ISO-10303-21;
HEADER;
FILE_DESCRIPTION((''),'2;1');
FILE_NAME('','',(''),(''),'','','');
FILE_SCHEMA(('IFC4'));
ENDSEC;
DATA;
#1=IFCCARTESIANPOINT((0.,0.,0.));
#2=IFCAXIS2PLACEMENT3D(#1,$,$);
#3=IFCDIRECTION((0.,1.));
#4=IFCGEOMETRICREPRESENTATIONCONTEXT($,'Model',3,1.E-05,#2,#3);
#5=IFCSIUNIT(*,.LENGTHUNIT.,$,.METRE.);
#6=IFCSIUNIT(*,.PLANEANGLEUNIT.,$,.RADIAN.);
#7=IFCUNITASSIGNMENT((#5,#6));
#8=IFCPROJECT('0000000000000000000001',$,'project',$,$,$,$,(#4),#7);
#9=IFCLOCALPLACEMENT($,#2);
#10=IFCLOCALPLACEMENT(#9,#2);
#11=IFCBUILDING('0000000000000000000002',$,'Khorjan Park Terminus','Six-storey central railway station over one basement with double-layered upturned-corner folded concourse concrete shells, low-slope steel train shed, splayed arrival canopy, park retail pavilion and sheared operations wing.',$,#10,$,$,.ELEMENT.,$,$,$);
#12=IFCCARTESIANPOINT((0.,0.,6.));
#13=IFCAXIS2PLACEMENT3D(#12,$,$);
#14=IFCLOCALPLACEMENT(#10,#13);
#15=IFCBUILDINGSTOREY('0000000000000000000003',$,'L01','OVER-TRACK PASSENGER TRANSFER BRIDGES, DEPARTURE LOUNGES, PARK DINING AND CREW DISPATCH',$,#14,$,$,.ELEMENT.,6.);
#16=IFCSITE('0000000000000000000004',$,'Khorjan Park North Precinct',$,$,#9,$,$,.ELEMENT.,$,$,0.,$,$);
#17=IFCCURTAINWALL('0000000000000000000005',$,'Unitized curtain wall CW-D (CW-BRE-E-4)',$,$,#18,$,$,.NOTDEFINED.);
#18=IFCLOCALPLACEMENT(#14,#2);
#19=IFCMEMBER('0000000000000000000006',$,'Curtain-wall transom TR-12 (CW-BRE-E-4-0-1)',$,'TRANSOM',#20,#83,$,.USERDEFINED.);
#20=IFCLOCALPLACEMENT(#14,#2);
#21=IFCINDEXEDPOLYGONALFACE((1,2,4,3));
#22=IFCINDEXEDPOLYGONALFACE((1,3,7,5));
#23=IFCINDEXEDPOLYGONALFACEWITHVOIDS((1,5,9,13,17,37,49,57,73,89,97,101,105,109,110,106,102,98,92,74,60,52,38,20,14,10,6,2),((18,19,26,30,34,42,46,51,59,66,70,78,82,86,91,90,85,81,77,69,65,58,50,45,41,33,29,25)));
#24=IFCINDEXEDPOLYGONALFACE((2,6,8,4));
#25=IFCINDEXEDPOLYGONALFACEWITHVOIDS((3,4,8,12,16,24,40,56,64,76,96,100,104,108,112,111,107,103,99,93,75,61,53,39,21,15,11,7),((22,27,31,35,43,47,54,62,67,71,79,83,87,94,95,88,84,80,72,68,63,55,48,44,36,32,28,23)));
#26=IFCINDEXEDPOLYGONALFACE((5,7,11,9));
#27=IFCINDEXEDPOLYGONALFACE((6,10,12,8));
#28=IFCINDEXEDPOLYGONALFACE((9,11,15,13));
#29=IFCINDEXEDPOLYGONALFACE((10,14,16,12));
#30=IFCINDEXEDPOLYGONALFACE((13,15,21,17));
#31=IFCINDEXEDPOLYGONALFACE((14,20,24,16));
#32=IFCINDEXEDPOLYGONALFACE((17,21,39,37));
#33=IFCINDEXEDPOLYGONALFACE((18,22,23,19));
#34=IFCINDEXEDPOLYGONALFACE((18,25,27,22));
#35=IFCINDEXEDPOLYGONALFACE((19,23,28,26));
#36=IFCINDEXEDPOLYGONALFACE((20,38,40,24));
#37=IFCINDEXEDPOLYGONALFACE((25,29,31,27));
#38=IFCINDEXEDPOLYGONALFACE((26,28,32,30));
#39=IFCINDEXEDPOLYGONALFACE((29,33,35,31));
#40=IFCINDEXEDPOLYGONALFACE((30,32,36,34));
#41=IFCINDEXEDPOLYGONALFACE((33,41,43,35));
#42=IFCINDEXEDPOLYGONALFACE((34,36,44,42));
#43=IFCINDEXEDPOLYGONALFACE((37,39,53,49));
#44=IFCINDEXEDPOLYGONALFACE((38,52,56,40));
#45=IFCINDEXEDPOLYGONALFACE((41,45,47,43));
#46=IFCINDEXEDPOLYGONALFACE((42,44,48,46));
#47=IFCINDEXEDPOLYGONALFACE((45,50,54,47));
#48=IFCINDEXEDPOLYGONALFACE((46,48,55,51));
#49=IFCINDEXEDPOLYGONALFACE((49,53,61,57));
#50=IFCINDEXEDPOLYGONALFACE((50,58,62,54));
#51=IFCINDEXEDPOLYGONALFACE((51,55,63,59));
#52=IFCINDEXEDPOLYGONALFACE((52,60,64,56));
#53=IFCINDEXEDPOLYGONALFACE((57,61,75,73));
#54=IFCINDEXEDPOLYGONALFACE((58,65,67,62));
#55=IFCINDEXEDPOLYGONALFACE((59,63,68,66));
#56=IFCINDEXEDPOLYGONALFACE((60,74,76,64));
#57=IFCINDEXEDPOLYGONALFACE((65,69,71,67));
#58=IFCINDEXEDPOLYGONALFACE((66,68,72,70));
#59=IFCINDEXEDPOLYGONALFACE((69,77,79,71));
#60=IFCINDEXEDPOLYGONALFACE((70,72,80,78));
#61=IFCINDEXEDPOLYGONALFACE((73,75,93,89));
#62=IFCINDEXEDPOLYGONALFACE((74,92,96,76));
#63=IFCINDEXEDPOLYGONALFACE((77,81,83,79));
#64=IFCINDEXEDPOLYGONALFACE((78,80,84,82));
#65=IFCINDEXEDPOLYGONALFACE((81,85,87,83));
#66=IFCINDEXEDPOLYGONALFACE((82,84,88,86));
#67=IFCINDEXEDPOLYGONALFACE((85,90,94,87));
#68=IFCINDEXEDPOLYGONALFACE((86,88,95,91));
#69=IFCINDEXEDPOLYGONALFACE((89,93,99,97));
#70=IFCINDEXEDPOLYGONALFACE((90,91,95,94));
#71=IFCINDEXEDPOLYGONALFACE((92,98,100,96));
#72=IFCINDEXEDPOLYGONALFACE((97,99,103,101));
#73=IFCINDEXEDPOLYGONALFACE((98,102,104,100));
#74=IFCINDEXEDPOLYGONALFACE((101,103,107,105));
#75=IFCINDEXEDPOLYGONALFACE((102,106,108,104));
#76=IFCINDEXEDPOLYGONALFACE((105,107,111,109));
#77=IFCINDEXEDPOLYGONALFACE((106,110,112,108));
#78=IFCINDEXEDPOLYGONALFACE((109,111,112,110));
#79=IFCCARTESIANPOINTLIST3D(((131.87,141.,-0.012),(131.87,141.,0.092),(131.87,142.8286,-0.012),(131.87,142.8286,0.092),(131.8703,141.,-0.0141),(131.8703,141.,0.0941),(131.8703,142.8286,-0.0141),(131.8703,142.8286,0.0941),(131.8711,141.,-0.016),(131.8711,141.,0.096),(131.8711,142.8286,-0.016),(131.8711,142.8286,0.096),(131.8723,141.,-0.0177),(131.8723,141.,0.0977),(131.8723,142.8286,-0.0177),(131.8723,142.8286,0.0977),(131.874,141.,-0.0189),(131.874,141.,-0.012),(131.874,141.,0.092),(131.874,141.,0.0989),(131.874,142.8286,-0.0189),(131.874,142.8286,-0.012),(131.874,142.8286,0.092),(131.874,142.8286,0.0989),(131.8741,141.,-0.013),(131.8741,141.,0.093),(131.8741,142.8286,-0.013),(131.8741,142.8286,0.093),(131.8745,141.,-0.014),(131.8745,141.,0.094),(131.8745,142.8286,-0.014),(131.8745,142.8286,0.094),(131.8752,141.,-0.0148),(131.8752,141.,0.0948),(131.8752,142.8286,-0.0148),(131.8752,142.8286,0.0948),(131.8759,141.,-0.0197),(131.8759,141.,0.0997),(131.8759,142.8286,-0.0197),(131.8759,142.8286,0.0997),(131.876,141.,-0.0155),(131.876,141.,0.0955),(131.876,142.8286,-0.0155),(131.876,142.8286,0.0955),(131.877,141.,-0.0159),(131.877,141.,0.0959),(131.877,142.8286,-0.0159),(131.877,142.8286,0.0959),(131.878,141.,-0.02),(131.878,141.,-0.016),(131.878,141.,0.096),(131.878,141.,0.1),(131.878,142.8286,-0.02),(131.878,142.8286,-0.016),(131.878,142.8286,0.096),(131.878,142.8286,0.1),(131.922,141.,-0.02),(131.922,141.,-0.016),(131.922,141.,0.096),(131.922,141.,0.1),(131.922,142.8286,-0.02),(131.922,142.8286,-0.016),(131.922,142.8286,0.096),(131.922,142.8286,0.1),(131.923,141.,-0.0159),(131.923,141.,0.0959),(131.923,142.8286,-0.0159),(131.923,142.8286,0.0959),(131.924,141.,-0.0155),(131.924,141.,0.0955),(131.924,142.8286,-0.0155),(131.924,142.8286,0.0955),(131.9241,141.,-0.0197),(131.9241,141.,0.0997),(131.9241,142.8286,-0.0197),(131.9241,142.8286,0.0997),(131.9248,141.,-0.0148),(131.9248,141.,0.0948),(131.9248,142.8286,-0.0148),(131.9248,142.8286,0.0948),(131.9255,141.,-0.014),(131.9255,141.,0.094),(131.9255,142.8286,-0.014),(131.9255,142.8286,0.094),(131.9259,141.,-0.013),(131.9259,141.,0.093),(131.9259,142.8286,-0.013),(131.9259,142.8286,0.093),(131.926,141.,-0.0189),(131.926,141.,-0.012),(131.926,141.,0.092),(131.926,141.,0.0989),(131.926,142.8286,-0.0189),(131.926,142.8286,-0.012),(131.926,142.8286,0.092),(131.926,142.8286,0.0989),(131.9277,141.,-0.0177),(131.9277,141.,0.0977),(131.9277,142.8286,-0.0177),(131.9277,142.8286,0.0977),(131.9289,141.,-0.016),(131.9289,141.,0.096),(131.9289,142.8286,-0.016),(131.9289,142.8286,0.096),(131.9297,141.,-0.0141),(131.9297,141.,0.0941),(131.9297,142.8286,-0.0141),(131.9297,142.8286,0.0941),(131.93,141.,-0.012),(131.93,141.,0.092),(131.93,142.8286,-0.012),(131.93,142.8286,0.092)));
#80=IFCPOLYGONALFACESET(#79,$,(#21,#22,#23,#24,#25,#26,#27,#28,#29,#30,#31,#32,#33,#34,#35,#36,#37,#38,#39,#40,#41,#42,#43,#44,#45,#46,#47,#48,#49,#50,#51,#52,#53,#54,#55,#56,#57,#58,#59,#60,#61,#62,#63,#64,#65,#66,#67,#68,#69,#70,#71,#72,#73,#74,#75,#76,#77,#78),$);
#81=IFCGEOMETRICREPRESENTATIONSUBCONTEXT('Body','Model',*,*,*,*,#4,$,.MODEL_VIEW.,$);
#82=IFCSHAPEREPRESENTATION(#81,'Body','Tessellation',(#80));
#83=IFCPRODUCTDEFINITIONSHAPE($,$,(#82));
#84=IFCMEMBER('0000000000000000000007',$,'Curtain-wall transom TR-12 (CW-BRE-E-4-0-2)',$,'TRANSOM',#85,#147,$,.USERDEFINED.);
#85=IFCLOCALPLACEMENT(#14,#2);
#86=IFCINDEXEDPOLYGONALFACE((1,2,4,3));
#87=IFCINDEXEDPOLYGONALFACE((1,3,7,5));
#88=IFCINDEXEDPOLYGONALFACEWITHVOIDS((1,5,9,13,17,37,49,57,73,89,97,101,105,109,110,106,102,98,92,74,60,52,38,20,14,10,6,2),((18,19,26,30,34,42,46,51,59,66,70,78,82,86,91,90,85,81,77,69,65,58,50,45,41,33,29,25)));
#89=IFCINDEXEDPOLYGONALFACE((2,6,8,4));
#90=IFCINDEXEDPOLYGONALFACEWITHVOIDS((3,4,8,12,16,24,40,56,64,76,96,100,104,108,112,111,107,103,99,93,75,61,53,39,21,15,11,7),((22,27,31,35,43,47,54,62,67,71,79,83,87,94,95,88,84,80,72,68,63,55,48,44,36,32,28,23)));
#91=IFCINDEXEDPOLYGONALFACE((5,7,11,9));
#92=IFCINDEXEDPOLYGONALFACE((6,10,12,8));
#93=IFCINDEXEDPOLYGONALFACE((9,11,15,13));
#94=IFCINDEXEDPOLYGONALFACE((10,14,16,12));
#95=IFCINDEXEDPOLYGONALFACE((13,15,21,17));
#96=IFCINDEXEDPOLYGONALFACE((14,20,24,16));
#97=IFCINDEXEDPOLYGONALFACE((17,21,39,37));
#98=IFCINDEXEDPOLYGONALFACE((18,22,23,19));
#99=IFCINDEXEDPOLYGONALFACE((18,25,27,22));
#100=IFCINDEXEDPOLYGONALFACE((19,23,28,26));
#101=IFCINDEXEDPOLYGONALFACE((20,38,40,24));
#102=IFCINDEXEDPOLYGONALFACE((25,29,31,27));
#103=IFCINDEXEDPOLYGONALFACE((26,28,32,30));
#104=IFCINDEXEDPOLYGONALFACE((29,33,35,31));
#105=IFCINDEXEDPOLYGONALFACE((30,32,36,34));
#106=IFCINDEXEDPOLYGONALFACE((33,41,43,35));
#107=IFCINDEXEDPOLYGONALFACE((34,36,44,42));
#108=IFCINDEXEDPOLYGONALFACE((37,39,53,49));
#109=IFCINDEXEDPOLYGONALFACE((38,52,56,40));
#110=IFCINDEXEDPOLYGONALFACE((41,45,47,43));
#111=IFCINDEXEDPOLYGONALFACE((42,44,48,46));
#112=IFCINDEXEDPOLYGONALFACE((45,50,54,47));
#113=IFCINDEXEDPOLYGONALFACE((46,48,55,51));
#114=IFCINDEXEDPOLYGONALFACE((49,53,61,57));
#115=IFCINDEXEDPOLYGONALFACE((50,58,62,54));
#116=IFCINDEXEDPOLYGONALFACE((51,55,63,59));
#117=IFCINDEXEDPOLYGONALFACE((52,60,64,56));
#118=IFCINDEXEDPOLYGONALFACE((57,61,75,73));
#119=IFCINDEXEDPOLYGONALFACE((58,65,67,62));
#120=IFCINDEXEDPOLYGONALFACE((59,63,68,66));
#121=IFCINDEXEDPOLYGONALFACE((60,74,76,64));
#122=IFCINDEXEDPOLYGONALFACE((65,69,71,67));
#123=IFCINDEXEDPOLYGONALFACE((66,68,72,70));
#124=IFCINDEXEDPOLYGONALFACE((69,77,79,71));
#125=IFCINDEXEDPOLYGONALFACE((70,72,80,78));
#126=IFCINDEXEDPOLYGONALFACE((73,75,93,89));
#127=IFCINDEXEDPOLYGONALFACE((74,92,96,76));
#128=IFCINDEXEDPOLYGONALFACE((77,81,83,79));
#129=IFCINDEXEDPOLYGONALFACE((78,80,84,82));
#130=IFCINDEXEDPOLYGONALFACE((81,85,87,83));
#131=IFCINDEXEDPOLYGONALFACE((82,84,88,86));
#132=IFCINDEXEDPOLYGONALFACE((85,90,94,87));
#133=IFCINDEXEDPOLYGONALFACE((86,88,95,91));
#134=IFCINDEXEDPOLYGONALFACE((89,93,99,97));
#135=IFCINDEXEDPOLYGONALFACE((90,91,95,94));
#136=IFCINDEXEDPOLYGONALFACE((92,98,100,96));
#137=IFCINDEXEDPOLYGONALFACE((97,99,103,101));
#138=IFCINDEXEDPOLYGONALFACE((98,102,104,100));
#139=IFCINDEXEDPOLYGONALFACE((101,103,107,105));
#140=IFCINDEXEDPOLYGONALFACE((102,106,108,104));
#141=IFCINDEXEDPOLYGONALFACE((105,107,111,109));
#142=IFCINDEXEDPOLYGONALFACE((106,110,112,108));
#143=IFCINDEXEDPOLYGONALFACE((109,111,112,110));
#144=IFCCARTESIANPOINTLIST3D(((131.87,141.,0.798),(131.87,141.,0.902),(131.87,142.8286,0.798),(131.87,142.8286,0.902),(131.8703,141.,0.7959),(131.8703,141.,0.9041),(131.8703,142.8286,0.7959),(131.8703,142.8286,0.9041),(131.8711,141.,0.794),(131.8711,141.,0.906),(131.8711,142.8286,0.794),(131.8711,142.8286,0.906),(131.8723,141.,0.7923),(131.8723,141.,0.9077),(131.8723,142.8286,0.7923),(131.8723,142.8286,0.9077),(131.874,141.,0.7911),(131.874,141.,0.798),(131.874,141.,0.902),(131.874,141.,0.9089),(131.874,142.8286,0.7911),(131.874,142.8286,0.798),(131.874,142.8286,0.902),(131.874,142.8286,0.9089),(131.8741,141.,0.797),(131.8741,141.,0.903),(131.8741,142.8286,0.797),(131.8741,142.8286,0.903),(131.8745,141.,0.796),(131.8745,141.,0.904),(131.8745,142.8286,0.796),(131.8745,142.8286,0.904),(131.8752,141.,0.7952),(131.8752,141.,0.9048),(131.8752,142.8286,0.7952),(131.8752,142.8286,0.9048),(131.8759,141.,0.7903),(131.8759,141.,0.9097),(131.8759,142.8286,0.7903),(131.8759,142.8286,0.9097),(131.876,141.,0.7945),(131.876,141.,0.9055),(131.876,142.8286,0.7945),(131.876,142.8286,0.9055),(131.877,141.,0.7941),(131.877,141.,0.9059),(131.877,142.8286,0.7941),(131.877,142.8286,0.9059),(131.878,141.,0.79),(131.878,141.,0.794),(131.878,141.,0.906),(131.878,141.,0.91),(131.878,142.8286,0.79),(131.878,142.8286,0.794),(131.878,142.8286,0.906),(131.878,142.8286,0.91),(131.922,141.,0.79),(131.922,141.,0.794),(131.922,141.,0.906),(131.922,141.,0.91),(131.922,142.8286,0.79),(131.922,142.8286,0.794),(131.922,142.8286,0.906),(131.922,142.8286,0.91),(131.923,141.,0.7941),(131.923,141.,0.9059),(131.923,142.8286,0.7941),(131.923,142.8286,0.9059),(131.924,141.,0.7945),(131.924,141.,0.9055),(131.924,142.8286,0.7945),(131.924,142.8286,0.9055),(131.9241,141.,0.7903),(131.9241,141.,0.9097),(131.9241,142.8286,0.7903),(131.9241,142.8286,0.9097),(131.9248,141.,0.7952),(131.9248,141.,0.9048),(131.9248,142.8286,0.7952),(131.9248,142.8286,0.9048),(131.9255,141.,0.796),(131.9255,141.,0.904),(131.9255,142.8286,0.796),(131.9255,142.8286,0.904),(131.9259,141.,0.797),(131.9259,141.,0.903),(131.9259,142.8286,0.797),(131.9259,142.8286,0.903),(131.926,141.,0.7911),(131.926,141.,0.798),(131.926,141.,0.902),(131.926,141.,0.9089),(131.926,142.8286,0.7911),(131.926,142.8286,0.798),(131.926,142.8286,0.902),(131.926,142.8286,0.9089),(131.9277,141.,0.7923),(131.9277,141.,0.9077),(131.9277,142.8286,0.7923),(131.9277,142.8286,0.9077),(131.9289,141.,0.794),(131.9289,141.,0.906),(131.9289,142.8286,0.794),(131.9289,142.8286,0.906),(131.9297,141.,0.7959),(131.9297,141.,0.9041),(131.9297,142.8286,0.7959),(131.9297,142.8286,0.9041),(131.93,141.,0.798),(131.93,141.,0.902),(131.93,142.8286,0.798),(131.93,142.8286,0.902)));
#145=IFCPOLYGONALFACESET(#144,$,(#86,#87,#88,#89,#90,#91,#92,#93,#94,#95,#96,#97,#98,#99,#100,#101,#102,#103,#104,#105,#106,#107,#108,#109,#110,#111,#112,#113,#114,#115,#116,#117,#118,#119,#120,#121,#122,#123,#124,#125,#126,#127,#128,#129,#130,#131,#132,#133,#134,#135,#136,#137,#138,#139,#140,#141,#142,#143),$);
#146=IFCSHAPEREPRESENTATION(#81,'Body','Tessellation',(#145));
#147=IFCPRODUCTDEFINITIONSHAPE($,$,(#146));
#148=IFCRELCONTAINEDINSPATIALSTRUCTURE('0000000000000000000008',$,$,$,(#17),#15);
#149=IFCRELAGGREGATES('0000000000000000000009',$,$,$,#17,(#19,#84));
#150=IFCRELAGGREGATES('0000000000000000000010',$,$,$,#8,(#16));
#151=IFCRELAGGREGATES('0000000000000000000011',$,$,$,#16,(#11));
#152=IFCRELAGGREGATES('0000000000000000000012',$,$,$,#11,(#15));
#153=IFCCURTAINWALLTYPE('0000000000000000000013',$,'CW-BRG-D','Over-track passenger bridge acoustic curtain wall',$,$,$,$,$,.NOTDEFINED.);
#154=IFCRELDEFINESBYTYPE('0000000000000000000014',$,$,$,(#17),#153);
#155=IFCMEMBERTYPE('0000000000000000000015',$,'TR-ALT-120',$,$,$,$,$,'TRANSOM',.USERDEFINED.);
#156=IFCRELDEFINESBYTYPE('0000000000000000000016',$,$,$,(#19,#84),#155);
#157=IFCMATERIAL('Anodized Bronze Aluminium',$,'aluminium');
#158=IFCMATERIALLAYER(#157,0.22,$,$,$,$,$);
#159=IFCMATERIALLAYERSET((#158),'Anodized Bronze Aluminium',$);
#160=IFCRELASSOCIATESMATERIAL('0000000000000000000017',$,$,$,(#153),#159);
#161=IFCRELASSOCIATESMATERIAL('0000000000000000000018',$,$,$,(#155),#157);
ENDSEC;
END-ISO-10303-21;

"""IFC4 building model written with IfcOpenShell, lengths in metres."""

from ifc_helpers import new_model, si_unit, direction, frame, origin, origin_2d, place, context, subcontext, project, spatial, hollow_rectangle, extrude, material, layer, layer_set, material_profile, profile_set, type_object, element, aggregate, save


model = new_model("IFC4")

# Units and contexts
model_context = context("Model", 3, precision=1e-05, world=origin(), true_north=direction((0.0, 1.0)))
body_context = subcontext(model_context, "Body", "Model", "MODEL_VIEW")
ifc_project = project(units=[si_unit("LENGTHUNIT", "METRE"), si_unit("PLANEANGLEUNIT", "RADIAN")], contexts=[model_context])

# Site, building, storey
site_placement = place(None, origin())
site = spatial("IfcSite", under=ifc_project, at=site_placement, Name="Khorjan Park North Precinct", CompositionType="ELEMENT", RefElevation=0.0)
building_placement = place(site_placement, origin())
building = spatial("IfcBuilding", under=site, at=building_placement, Name="Khorjan Park Terminus", Description="Six-storey central railway station over one basement with double-layered upturned-corner folded concourse concrete shells, low-slope steel train shed, splayed arrival canopy, park retail pavilion and sheared operations wing.", CompositionType="ELEMENT")
storey_placement = place(building_placement, frame((0.0, 0.0, 6.0)))
storey = spatial("IfcBuildingStorey", under=building, at=storey_placement, Name="L01", Description="OVER-TRACK PASSENGER TRANSFER BRIDGES, DEPARTURE LOUNGES, PARK DINING AND CREW DISPATCH", CompositionType="ELEMENT", Elevation=6.0)

# Shared definitions
ifc_material_1 = material(Name="Anodized Bronze Aluminium", Category="aluminium")
ifc_layer_1 = layer(ifc_material_1, 0.22)
ifc_layer_set_1 = layer_set([ifc_layer_1], Name="Anodized Bronze Aluminium")
curtain_wall_type = type_object("IfcCurtainWallType", Name="CW-BRG-D", Description="Over-track passenger bridge acoustic curtain wall", PredefinedType="NOTDEFINED", material=ifc_layer_set_1)

# Curtain wall
curtain_wall_1_placement = place(storey_placement, origin())
curtain_wall_1 = element("IfcCurtainWall", 1, at=curtain_wall_1_placement, inside=storey, type_object=curtain_wall_type, Name="Unitized curtain wall CW-D (CW-BRE-E-4)", PredefinedType="NOTDEFINED")

# Members
ifc_material_profile_1 = material_profile(ifc_material_1, hollow_rectangle(XDim=0.06, YDim=0.12, WallThickness=0.004, InnerFilletRadius=0.004, OuterFilletRadius=0.008, at=origin_2d()), Name="ALT 60x120x4")
ifc_profile_set_1 = profile_set([ifc_material_profile_1], Name="Anodized Bronze Aluminium")
member_type_1 = type_object("IfcMemberType", Name="TR-ALT-120", ElementType="TRANSOM", PredefinedType="USERDEFINED", material=ifc_profile_set_1)
member_1_placement = place(storey_placement, frame((131.9, 141.0, 0.04), z_axis=(0.0, 1.0, 0.0), x_axis=(-1.0, 0.0, 0.0)))
member_1 = element("IfcMember", 2, at=member_1_placement, type_object=member_type_1, Name="Curtain-wall transom TR-12 (CW-BRE-E-4-0-1)", ObjectType="TRANSOM", PredefinedType="USERDEFINED", context=body_context, shape_type="SweptSolid", body=[
    extrude(hollow_rectangle(XDim=0.06, YDim=0.12, WallThickness=0.004, InnerFilletRadius=0.004, OuterFilletRadius=0.008, at=origin_2d()), origin(), (0.0, 0.0, 1.0), 1.8286),
])
member_2_placement = place(storey_placement, frame((131.9, 141.0, 0.85), z_axis=(0.0, 1.0, 0.0), x_axis=(-1.0, 0.0, 0.0)))
member_2 = element("IfcMember", 3, at=member_2_placement, type_object=member_type_1, Name="Curtain-wall transom TR-12 (CW-BRE-E-4-0-2)", ObjectType="TRANSOM", PredefinedType="USERDEFINED", context=body_context, shape_type="SweptSolid", body=[
    extrude(hollow_rectangle(XDim=0.06, YDim=0.12, WallThickness=0.004, InnerFilletRadius=0.004, OuterFilletRadius=0.008, at=origin_2d()), origin(), (0.0, 0.0, 1.0), 1.8286),
])

aggregate(curtain_wall_1, [member_1, member_2])

save(model, "model.ifc")
